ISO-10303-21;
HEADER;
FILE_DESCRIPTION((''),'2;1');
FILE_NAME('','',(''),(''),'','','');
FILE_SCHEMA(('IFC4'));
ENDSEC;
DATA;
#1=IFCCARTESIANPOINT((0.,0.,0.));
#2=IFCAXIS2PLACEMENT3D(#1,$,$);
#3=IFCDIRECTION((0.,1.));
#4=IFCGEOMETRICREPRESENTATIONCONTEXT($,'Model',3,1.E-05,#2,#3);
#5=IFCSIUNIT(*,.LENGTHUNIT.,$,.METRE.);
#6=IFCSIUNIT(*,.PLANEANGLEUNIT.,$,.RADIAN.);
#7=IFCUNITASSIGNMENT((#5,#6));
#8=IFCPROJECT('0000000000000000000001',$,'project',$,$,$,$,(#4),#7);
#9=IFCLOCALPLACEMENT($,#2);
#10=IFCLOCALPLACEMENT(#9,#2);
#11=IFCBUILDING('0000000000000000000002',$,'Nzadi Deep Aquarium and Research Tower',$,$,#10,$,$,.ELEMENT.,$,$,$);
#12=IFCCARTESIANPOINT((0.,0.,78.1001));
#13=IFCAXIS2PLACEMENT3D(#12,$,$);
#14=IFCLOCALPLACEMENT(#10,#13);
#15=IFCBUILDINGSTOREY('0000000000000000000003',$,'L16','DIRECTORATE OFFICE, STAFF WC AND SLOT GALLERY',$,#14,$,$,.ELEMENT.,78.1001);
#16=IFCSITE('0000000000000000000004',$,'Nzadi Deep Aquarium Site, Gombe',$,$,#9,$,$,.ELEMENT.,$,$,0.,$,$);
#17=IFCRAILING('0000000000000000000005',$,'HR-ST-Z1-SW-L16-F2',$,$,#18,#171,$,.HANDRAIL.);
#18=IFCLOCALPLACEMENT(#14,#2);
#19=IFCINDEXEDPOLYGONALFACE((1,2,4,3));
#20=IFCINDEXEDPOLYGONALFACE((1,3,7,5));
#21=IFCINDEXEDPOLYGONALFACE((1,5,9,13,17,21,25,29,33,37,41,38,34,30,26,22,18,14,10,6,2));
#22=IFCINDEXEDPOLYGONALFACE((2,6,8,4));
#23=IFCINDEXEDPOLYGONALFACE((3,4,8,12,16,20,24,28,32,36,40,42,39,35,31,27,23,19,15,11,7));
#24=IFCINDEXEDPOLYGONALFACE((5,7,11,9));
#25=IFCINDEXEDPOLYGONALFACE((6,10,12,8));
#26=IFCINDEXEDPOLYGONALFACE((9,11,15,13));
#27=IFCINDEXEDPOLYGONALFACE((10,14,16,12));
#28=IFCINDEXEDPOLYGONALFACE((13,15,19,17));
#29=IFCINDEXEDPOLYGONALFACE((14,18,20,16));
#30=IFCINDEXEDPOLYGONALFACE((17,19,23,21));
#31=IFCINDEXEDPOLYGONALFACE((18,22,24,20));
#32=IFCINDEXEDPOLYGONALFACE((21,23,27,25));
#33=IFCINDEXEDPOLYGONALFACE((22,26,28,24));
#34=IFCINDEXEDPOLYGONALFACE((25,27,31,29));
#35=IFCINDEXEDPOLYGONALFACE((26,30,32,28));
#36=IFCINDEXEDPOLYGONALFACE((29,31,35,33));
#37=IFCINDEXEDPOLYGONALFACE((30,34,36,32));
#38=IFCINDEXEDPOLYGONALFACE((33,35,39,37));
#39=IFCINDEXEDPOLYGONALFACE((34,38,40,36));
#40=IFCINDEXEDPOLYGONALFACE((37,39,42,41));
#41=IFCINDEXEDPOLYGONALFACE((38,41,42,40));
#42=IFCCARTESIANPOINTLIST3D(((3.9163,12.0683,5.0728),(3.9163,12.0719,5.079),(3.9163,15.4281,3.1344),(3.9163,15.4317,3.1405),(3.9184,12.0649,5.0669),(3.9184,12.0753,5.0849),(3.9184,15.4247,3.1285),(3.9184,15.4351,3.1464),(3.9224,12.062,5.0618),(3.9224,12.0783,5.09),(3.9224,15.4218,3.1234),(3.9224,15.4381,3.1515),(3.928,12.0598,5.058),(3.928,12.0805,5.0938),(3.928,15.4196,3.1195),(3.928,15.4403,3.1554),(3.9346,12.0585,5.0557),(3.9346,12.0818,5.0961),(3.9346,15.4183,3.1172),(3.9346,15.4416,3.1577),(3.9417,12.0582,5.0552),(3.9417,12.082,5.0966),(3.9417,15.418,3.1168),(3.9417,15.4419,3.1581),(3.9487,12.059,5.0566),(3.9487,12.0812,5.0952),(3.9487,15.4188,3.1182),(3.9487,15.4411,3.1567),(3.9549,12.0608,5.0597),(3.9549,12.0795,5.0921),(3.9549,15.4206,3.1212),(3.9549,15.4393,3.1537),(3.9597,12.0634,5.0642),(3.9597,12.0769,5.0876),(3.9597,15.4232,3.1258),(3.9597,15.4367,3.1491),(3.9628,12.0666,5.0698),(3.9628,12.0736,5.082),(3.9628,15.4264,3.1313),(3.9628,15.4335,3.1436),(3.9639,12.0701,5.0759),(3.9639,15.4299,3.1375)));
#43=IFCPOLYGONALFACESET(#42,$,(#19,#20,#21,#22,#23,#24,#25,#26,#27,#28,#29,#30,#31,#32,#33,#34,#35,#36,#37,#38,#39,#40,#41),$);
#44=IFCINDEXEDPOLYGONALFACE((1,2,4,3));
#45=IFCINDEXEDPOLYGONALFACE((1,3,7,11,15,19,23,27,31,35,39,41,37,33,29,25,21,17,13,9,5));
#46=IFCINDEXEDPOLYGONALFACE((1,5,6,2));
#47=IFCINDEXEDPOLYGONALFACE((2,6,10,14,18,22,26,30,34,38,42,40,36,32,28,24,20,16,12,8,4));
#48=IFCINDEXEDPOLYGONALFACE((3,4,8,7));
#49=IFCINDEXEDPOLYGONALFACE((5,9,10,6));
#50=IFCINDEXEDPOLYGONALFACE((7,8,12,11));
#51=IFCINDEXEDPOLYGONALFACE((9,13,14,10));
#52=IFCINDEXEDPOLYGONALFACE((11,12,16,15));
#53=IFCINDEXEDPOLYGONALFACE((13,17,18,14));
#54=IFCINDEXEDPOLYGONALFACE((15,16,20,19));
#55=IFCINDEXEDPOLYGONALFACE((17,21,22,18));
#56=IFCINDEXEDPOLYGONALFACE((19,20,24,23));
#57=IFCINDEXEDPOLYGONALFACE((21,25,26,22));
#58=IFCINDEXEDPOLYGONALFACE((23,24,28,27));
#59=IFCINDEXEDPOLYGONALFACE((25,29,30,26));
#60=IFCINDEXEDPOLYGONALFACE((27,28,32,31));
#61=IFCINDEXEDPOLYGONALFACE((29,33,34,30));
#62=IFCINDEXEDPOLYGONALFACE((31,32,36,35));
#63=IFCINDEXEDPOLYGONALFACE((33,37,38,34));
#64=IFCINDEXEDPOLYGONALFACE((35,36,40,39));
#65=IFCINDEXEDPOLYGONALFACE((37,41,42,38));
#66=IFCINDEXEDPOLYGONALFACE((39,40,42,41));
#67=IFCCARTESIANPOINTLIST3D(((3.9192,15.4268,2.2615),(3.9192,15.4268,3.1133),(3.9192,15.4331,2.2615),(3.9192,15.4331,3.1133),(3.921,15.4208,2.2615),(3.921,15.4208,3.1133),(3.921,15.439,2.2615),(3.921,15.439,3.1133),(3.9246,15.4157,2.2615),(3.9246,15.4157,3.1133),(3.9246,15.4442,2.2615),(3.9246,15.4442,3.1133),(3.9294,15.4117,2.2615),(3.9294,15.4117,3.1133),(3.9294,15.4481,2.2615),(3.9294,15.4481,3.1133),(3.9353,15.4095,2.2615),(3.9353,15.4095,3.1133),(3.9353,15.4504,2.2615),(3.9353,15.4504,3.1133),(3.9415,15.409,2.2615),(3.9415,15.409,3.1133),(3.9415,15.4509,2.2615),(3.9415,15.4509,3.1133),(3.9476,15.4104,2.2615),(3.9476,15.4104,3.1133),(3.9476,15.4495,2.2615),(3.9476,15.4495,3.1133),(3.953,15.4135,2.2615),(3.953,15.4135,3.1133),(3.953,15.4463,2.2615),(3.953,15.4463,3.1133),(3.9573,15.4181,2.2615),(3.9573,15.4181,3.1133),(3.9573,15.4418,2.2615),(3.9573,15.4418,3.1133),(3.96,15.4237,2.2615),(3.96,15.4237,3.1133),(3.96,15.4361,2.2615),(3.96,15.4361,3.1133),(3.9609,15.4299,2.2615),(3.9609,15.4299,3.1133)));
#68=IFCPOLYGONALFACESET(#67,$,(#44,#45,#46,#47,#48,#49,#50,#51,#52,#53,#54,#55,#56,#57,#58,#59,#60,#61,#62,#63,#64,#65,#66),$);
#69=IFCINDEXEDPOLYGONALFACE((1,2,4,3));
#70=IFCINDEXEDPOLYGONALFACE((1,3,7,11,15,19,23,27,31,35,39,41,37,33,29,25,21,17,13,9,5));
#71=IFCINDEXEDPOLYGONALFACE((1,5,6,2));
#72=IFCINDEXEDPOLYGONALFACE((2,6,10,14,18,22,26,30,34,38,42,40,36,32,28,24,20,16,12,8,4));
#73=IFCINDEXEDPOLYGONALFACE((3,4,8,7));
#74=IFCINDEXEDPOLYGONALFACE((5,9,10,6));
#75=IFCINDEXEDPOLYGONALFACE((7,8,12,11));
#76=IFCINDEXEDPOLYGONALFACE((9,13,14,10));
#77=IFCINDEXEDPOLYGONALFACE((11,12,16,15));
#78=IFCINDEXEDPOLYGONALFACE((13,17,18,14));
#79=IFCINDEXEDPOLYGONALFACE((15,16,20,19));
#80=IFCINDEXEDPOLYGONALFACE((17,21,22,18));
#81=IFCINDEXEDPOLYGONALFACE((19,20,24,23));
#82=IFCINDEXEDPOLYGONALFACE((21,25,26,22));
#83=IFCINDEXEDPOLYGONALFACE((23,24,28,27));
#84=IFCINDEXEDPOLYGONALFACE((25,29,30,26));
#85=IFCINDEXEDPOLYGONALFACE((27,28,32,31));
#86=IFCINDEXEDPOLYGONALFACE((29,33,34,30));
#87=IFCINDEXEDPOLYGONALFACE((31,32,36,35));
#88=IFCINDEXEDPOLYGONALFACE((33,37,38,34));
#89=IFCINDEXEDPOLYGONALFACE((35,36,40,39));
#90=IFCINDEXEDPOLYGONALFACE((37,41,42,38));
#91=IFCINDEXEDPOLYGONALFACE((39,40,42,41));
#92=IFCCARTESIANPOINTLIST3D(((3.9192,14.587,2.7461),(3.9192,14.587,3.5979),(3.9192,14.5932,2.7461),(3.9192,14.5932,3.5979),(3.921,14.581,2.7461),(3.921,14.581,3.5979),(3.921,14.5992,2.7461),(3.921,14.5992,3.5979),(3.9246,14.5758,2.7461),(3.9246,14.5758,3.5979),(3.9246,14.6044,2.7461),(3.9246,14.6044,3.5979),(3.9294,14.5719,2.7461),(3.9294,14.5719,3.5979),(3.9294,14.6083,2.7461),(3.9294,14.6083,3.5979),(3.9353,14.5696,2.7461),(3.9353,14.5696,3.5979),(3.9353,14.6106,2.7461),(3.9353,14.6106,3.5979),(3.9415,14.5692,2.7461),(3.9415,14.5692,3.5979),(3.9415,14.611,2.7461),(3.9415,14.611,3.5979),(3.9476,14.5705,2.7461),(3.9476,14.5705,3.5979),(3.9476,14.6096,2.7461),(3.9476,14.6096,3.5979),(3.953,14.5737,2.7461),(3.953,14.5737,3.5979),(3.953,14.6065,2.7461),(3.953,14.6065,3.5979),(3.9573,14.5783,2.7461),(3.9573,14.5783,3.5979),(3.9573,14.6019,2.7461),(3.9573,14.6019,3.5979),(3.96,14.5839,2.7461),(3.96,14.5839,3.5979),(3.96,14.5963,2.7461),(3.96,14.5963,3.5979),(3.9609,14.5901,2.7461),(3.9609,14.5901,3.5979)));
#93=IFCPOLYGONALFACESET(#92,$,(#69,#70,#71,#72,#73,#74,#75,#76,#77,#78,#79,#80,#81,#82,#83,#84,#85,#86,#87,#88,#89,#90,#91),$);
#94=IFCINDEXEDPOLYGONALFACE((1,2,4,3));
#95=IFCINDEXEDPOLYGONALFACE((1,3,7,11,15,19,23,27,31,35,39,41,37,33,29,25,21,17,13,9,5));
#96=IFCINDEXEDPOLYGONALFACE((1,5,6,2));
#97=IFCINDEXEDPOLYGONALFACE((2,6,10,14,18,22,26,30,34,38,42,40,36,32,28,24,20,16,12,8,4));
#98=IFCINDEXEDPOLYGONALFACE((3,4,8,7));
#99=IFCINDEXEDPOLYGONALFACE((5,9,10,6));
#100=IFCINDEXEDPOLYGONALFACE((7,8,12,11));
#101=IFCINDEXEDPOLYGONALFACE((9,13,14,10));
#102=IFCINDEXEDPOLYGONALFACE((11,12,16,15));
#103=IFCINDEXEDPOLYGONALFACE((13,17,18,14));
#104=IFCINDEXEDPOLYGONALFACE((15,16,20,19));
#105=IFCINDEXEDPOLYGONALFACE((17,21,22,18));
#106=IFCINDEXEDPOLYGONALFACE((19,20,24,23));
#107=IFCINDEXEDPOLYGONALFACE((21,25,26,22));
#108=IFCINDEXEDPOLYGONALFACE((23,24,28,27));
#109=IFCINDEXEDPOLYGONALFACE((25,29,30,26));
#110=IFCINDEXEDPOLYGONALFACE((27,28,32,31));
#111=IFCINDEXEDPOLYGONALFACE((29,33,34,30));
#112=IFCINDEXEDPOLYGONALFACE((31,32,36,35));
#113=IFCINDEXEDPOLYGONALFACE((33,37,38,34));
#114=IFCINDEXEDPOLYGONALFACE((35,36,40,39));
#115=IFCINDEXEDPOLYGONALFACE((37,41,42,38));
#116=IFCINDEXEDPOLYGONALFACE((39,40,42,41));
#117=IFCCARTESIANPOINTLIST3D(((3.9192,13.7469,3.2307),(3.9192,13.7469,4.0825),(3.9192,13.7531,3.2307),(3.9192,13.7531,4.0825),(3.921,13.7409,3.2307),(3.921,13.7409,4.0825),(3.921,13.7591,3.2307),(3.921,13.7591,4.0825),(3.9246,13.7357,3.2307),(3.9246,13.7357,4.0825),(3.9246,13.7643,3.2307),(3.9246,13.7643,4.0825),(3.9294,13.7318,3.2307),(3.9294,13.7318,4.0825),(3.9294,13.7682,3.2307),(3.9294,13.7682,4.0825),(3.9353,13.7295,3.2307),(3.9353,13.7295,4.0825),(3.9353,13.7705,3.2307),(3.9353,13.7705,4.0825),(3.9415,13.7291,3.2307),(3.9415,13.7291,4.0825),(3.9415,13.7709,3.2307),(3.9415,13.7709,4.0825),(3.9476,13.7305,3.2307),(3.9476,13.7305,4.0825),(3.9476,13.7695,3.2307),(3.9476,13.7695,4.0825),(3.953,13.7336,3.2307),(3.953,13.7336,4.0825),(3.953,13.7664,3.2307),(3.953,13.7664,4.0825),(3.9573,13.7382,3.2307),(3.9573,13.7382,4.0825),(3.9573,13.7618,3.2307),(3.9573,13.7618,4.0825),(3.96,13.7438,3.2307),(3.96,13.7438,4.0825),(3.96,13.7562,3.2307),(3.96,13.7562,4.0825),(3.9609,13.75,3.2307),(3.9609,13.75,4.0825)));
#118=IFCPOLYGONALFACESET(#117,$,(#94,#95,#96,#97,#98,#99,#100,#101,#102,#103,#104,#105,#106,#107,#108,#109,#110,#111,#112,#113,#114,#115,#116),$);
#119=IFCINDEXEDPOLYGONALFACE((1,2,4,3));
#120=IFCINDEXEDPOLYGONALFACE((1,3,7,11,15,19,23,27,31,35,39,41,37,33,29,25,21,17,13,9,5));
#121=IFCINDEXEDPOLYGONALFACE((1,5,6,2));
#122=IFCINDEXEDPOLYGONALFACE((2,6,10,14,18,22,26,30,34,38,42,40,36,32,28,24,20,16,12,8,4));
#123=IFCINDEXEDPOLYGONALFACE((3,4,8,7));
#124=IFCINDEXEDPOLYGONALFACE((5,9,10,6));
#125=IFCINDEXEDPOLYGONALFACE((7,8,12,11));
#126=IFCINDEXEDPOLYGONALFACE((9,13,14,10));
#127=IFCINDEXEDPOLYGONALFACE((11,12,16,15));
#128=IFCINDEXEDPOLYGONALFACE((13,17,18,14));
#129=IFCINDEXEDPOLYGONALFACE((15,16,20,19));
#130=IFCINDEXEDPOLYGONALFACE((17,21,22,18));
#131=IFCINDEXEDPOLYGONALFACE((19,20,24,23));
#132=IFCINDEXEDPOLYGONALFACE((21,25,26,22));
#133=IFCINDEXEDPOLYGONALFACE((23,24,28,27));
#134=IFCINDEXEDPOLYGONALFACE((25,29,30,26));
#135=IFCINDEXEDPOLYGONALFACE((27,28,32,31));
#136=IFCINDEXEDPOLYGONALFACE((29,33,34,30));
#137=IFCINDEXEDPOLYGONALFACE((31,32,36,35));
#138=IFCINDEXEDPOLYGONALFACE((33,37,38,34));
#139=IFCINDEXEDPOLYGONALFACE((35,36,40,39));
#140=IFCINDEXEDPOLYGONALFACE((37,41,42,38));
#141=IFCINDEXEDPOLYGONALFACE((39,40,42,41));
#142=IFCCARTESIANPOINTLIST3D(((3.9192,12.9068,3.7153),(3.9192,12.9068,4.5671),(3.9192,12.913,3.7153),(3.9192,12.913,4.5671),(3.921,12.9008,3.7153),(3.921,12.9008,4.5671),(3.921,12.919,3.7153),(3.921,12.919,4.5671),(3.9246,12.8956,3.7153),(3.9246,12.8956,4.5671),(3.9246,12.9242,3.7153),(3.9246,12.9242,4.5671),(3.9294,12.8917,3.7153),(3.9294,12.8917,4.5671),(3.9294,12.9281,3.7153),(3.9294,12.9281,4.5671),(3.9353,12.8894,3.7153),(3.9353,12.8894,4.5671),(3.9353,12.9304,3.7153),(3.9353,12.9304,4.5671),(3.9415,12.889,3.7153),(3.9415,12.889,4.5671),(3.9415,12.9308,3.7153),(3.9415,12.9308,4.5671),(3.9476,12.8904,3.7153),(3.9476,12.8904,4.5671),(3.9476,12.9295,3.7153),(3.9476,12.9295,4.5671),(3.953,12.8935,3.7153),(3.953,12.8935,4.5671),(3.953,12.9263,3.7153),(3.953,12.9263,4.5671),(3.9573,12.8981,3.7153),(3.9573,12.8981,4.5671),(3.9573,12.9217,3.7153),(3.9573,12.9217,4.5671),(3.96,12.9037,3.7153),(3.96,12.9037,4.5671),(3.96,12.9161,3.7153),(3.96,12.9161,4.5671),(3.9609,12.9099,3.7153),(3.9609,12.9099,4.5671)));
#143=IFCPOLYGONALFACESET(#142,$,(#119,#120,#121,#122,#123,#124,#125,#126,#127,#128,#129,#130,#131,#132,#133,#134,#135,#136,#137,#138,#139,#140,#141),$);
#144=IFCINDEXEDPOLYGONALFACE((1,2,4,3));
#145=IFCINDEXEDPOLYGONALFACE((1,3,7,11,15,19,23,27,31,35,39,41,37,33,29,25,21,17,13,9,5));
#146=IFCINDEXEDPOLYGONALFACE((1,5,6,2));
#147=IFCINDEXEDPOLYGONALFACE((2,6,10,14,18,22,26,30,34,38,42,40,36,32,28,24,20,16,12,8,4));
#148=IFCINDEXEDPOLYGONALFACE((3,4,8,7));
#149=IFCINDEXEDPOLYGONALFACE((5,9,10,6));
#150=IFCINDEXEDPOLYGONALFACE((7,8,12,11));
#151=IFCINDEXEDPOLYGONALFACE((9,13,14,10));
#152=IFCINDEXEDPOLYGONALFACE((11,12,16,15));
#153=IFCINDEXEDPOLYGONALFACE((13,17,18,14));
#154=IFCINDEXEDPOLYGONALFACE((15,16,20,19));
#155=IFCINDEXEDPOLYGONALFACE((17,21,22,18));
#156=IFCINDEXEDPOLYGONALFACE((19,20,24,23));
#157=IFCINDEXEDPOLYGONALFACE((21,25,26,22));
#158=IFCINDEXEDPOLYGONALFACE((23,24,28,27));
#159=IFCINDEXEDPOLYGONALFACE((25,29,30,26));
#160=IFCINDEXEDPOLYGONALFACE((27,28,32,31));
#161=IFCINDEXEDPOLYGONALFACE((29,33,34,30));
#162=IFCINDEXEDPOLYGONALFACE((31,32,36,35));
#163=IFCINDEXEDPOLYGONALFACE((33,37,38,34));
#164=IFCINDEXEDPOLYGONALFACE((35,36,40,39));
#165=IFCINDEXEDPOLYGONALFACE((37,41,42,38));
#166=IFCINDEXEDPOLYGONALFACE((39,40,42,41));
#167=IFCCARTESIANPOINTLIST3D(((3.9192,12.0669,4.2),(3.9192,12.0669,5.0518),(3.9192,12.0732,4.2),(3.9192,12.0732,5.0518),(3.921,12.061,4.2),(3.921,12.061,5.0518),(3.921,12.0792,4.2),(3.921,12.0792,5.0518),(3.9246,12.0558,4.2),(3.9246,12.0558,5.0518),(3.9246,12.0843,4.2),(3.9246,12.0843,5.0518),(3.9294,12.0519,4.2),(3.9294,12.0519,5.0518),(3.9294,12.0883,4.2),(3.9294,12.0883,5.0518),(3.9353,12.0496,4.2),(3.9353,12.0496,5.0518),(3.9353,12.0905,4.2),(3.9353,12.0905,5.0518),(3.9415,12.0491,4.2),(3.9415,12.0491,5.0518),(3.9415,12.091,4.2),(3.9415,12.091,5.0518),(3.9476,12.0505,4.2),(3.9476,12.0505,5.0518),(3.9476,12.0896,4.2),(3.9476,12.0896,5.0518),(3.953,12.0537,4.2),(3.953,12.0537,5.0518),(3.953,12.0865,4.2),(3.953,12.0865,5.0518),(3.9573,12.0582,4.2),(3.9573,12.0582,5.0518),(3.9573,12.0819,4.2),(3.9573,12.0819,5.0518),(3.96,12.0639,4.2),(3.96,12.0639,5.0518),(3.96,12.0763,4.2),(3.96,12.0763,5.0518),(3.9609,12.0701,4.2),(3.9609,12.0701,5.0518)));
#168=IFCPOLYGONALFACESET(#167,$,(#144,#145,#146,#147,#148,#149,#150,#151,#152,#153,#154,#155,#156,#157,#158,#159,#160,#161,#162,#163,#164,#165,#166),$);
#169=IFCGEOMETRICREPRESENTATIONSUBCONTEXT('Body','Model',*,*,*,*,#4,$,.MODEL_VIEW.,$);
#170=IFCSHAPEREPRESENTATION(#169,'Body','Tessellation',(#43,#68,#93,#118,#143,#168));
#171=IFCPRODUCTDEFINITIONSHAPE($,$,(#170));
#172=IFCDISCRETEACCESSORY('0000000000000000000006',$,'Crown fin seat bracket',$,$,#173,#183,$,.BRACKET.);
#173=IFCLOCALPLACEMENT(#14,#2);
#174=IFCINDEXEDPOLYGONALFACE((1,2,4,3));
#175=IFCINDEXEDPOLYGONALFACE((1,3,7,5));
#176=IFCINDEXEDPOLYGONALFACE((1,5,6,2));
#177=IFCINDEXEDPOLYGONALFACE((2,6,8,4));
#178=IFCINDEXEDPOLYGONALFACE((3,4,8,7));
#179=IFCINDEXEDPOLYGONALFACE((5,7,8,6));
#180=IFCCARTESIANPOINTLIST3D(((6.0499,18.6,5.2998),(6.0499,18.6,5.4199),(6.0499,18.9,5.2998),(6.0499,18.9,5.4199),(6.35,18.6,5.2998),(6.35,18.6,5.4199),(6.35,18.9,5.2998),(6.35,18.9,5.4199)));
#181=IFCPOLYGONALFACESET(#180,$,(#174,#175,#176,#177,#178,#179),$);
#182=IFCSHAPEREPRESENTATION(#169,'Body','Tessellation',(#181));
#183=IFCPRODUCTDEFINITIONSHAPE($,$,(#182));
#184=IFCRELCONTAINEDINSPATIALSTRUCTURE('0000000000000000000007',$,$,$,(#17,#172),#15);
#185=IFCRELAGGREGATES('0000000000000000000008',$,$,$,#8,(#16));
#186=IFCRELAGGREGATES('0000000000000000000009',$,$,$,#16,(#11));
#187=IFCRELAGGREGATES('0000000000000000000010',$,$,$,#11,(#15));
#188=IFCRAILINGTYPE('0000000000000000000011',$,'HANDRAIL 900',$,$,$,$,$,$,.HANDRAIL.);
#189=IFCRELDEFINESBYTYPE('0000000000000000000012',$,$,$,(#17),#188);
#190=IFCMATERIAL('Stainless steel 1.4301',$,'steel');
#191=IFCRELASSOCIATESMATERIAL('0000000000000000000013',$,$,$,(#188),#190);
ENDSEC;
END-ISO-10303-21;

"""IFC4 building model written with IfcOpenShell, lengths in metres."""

from ifc_helpers import new_model, si_unit, direction, frame, origin, origin_2d, place, context, subcontext, project, spatial, rectangle, circle, extrude, material, type_object, element, save


model = new_model("IFC4")

# Units and contexts
model_context = context("Model", 3, precision=1e-05, world=origin(), true_north=direction((0.0, 1.0)))
body_context = subcontext(model_context, "Body", "Model", "MODEL_VIEW")
ifc_project = project(units=[si_unit("LENGTHUNIT", "METRE"), si_unit("PLANEANGLEUNIT", "RADIAN")], contexts=[model_context])

# Site, building, storey
site_placement = place(None, origin())
site = spatial("IfcSite", under=ifc_project, at=site_placement, Name="Nzadi Deep Aquarium Site, Gombe", CompositionType="ELEMENT", RefElevation=0.0)
building_placement = place(site_placement, origin())
building = spatial("IfcBuilding", under=site, at=building_placement, Name="Nzadi Deep Aquarium and Research Tower", CompositionType="ELEMENT")
storey_placement = place(building_placement, frame((0.0, 0.0, 78.1001)))
storey = spatial("IfcBuildingStorey", under=building, at=storey_placement, Name="L16", Description="DIRECTORATE OFFICE, STAFF WC AND SLOT GALLERY", CompositionType="ELEMENT", Elevation=78.1001)

# Railing
ifc_material_1 = material(Name="Stainless steel 1.4301", Category="steel")
railing_type = type_object("IfcRailingType", Name="HANDRAIL 900", PredefinedType="HANDRAIL", material=ifc_material_1)
railing_placement = place(storey_placement, frame((3.9399, 15.4299, 2.2615)))
element("IfcRailing", 1, at=railing_placement, inside=storey, type_object=railing_type, Name="HR-ST-Z1-SW-L16-F2", PredefinedType="HANDRAIL", context=body_context, shape_type="SweptSolid", body=[
    extrude(circle(Radius=0.0239, at=origin_2d()), frame((0.0, 0.0, 0.876), z_axis=(0.0, -0.866175, 0.499741), x_axis=(1.0, 0.0, 0.0)), (0.0, 0.0, 1.0), 3.8789),
    extrude(circle(Radius=0.021, at=origin_2d()), origin(), (0.0, 0.0, 1.0), 0.8518),
    extrude(circle(Radius=0.021, at=origin_2d()), frame((0.0, -0.8398, 0.4846)), (0.0, 0.0, 1.0), 0.8518),
    extrude(circle(Radius=0.021, at=origin_2d()), frame((0.0, -1.6799, 0.9692)), (0.0, 0.0, 1.0), 0.8518),
    extrude(circle(Radius=0.021, at=origin_2d()), frame((0.0, -2.52, 1.4539)), (0.0, 0.0, 1.0), 0.8518),
    extrude(circle(Radius=0.021, at=origin_2d()), frame((0.0, -3.3599, 1.9385)), (0.0, 0.0, 1.0), 0.8518),
])

# Discrete accessory
discrete_accessory_placement = place(storey_placement, frame((6.2, 18.75, 5.2998), z_axis=(0.0, 0.0, 1.0), x_axis=(1.0, 0.0, 0.0)))
element("IfcDiscreteAccessory", 2, at=discrete_accessory_placement, inside=storey, Name="Crown fin seat bracket", PredefinedType="BRACKET", context=body_context, shape_type="SweptSolid", body=[
    extrude(rectangle(XDim=0.3, YDim=0.3, at=origin_2d()), origin(), (0.0, 0.0, 1.0), 0.1201),
])

save(model, "model.ifc")
